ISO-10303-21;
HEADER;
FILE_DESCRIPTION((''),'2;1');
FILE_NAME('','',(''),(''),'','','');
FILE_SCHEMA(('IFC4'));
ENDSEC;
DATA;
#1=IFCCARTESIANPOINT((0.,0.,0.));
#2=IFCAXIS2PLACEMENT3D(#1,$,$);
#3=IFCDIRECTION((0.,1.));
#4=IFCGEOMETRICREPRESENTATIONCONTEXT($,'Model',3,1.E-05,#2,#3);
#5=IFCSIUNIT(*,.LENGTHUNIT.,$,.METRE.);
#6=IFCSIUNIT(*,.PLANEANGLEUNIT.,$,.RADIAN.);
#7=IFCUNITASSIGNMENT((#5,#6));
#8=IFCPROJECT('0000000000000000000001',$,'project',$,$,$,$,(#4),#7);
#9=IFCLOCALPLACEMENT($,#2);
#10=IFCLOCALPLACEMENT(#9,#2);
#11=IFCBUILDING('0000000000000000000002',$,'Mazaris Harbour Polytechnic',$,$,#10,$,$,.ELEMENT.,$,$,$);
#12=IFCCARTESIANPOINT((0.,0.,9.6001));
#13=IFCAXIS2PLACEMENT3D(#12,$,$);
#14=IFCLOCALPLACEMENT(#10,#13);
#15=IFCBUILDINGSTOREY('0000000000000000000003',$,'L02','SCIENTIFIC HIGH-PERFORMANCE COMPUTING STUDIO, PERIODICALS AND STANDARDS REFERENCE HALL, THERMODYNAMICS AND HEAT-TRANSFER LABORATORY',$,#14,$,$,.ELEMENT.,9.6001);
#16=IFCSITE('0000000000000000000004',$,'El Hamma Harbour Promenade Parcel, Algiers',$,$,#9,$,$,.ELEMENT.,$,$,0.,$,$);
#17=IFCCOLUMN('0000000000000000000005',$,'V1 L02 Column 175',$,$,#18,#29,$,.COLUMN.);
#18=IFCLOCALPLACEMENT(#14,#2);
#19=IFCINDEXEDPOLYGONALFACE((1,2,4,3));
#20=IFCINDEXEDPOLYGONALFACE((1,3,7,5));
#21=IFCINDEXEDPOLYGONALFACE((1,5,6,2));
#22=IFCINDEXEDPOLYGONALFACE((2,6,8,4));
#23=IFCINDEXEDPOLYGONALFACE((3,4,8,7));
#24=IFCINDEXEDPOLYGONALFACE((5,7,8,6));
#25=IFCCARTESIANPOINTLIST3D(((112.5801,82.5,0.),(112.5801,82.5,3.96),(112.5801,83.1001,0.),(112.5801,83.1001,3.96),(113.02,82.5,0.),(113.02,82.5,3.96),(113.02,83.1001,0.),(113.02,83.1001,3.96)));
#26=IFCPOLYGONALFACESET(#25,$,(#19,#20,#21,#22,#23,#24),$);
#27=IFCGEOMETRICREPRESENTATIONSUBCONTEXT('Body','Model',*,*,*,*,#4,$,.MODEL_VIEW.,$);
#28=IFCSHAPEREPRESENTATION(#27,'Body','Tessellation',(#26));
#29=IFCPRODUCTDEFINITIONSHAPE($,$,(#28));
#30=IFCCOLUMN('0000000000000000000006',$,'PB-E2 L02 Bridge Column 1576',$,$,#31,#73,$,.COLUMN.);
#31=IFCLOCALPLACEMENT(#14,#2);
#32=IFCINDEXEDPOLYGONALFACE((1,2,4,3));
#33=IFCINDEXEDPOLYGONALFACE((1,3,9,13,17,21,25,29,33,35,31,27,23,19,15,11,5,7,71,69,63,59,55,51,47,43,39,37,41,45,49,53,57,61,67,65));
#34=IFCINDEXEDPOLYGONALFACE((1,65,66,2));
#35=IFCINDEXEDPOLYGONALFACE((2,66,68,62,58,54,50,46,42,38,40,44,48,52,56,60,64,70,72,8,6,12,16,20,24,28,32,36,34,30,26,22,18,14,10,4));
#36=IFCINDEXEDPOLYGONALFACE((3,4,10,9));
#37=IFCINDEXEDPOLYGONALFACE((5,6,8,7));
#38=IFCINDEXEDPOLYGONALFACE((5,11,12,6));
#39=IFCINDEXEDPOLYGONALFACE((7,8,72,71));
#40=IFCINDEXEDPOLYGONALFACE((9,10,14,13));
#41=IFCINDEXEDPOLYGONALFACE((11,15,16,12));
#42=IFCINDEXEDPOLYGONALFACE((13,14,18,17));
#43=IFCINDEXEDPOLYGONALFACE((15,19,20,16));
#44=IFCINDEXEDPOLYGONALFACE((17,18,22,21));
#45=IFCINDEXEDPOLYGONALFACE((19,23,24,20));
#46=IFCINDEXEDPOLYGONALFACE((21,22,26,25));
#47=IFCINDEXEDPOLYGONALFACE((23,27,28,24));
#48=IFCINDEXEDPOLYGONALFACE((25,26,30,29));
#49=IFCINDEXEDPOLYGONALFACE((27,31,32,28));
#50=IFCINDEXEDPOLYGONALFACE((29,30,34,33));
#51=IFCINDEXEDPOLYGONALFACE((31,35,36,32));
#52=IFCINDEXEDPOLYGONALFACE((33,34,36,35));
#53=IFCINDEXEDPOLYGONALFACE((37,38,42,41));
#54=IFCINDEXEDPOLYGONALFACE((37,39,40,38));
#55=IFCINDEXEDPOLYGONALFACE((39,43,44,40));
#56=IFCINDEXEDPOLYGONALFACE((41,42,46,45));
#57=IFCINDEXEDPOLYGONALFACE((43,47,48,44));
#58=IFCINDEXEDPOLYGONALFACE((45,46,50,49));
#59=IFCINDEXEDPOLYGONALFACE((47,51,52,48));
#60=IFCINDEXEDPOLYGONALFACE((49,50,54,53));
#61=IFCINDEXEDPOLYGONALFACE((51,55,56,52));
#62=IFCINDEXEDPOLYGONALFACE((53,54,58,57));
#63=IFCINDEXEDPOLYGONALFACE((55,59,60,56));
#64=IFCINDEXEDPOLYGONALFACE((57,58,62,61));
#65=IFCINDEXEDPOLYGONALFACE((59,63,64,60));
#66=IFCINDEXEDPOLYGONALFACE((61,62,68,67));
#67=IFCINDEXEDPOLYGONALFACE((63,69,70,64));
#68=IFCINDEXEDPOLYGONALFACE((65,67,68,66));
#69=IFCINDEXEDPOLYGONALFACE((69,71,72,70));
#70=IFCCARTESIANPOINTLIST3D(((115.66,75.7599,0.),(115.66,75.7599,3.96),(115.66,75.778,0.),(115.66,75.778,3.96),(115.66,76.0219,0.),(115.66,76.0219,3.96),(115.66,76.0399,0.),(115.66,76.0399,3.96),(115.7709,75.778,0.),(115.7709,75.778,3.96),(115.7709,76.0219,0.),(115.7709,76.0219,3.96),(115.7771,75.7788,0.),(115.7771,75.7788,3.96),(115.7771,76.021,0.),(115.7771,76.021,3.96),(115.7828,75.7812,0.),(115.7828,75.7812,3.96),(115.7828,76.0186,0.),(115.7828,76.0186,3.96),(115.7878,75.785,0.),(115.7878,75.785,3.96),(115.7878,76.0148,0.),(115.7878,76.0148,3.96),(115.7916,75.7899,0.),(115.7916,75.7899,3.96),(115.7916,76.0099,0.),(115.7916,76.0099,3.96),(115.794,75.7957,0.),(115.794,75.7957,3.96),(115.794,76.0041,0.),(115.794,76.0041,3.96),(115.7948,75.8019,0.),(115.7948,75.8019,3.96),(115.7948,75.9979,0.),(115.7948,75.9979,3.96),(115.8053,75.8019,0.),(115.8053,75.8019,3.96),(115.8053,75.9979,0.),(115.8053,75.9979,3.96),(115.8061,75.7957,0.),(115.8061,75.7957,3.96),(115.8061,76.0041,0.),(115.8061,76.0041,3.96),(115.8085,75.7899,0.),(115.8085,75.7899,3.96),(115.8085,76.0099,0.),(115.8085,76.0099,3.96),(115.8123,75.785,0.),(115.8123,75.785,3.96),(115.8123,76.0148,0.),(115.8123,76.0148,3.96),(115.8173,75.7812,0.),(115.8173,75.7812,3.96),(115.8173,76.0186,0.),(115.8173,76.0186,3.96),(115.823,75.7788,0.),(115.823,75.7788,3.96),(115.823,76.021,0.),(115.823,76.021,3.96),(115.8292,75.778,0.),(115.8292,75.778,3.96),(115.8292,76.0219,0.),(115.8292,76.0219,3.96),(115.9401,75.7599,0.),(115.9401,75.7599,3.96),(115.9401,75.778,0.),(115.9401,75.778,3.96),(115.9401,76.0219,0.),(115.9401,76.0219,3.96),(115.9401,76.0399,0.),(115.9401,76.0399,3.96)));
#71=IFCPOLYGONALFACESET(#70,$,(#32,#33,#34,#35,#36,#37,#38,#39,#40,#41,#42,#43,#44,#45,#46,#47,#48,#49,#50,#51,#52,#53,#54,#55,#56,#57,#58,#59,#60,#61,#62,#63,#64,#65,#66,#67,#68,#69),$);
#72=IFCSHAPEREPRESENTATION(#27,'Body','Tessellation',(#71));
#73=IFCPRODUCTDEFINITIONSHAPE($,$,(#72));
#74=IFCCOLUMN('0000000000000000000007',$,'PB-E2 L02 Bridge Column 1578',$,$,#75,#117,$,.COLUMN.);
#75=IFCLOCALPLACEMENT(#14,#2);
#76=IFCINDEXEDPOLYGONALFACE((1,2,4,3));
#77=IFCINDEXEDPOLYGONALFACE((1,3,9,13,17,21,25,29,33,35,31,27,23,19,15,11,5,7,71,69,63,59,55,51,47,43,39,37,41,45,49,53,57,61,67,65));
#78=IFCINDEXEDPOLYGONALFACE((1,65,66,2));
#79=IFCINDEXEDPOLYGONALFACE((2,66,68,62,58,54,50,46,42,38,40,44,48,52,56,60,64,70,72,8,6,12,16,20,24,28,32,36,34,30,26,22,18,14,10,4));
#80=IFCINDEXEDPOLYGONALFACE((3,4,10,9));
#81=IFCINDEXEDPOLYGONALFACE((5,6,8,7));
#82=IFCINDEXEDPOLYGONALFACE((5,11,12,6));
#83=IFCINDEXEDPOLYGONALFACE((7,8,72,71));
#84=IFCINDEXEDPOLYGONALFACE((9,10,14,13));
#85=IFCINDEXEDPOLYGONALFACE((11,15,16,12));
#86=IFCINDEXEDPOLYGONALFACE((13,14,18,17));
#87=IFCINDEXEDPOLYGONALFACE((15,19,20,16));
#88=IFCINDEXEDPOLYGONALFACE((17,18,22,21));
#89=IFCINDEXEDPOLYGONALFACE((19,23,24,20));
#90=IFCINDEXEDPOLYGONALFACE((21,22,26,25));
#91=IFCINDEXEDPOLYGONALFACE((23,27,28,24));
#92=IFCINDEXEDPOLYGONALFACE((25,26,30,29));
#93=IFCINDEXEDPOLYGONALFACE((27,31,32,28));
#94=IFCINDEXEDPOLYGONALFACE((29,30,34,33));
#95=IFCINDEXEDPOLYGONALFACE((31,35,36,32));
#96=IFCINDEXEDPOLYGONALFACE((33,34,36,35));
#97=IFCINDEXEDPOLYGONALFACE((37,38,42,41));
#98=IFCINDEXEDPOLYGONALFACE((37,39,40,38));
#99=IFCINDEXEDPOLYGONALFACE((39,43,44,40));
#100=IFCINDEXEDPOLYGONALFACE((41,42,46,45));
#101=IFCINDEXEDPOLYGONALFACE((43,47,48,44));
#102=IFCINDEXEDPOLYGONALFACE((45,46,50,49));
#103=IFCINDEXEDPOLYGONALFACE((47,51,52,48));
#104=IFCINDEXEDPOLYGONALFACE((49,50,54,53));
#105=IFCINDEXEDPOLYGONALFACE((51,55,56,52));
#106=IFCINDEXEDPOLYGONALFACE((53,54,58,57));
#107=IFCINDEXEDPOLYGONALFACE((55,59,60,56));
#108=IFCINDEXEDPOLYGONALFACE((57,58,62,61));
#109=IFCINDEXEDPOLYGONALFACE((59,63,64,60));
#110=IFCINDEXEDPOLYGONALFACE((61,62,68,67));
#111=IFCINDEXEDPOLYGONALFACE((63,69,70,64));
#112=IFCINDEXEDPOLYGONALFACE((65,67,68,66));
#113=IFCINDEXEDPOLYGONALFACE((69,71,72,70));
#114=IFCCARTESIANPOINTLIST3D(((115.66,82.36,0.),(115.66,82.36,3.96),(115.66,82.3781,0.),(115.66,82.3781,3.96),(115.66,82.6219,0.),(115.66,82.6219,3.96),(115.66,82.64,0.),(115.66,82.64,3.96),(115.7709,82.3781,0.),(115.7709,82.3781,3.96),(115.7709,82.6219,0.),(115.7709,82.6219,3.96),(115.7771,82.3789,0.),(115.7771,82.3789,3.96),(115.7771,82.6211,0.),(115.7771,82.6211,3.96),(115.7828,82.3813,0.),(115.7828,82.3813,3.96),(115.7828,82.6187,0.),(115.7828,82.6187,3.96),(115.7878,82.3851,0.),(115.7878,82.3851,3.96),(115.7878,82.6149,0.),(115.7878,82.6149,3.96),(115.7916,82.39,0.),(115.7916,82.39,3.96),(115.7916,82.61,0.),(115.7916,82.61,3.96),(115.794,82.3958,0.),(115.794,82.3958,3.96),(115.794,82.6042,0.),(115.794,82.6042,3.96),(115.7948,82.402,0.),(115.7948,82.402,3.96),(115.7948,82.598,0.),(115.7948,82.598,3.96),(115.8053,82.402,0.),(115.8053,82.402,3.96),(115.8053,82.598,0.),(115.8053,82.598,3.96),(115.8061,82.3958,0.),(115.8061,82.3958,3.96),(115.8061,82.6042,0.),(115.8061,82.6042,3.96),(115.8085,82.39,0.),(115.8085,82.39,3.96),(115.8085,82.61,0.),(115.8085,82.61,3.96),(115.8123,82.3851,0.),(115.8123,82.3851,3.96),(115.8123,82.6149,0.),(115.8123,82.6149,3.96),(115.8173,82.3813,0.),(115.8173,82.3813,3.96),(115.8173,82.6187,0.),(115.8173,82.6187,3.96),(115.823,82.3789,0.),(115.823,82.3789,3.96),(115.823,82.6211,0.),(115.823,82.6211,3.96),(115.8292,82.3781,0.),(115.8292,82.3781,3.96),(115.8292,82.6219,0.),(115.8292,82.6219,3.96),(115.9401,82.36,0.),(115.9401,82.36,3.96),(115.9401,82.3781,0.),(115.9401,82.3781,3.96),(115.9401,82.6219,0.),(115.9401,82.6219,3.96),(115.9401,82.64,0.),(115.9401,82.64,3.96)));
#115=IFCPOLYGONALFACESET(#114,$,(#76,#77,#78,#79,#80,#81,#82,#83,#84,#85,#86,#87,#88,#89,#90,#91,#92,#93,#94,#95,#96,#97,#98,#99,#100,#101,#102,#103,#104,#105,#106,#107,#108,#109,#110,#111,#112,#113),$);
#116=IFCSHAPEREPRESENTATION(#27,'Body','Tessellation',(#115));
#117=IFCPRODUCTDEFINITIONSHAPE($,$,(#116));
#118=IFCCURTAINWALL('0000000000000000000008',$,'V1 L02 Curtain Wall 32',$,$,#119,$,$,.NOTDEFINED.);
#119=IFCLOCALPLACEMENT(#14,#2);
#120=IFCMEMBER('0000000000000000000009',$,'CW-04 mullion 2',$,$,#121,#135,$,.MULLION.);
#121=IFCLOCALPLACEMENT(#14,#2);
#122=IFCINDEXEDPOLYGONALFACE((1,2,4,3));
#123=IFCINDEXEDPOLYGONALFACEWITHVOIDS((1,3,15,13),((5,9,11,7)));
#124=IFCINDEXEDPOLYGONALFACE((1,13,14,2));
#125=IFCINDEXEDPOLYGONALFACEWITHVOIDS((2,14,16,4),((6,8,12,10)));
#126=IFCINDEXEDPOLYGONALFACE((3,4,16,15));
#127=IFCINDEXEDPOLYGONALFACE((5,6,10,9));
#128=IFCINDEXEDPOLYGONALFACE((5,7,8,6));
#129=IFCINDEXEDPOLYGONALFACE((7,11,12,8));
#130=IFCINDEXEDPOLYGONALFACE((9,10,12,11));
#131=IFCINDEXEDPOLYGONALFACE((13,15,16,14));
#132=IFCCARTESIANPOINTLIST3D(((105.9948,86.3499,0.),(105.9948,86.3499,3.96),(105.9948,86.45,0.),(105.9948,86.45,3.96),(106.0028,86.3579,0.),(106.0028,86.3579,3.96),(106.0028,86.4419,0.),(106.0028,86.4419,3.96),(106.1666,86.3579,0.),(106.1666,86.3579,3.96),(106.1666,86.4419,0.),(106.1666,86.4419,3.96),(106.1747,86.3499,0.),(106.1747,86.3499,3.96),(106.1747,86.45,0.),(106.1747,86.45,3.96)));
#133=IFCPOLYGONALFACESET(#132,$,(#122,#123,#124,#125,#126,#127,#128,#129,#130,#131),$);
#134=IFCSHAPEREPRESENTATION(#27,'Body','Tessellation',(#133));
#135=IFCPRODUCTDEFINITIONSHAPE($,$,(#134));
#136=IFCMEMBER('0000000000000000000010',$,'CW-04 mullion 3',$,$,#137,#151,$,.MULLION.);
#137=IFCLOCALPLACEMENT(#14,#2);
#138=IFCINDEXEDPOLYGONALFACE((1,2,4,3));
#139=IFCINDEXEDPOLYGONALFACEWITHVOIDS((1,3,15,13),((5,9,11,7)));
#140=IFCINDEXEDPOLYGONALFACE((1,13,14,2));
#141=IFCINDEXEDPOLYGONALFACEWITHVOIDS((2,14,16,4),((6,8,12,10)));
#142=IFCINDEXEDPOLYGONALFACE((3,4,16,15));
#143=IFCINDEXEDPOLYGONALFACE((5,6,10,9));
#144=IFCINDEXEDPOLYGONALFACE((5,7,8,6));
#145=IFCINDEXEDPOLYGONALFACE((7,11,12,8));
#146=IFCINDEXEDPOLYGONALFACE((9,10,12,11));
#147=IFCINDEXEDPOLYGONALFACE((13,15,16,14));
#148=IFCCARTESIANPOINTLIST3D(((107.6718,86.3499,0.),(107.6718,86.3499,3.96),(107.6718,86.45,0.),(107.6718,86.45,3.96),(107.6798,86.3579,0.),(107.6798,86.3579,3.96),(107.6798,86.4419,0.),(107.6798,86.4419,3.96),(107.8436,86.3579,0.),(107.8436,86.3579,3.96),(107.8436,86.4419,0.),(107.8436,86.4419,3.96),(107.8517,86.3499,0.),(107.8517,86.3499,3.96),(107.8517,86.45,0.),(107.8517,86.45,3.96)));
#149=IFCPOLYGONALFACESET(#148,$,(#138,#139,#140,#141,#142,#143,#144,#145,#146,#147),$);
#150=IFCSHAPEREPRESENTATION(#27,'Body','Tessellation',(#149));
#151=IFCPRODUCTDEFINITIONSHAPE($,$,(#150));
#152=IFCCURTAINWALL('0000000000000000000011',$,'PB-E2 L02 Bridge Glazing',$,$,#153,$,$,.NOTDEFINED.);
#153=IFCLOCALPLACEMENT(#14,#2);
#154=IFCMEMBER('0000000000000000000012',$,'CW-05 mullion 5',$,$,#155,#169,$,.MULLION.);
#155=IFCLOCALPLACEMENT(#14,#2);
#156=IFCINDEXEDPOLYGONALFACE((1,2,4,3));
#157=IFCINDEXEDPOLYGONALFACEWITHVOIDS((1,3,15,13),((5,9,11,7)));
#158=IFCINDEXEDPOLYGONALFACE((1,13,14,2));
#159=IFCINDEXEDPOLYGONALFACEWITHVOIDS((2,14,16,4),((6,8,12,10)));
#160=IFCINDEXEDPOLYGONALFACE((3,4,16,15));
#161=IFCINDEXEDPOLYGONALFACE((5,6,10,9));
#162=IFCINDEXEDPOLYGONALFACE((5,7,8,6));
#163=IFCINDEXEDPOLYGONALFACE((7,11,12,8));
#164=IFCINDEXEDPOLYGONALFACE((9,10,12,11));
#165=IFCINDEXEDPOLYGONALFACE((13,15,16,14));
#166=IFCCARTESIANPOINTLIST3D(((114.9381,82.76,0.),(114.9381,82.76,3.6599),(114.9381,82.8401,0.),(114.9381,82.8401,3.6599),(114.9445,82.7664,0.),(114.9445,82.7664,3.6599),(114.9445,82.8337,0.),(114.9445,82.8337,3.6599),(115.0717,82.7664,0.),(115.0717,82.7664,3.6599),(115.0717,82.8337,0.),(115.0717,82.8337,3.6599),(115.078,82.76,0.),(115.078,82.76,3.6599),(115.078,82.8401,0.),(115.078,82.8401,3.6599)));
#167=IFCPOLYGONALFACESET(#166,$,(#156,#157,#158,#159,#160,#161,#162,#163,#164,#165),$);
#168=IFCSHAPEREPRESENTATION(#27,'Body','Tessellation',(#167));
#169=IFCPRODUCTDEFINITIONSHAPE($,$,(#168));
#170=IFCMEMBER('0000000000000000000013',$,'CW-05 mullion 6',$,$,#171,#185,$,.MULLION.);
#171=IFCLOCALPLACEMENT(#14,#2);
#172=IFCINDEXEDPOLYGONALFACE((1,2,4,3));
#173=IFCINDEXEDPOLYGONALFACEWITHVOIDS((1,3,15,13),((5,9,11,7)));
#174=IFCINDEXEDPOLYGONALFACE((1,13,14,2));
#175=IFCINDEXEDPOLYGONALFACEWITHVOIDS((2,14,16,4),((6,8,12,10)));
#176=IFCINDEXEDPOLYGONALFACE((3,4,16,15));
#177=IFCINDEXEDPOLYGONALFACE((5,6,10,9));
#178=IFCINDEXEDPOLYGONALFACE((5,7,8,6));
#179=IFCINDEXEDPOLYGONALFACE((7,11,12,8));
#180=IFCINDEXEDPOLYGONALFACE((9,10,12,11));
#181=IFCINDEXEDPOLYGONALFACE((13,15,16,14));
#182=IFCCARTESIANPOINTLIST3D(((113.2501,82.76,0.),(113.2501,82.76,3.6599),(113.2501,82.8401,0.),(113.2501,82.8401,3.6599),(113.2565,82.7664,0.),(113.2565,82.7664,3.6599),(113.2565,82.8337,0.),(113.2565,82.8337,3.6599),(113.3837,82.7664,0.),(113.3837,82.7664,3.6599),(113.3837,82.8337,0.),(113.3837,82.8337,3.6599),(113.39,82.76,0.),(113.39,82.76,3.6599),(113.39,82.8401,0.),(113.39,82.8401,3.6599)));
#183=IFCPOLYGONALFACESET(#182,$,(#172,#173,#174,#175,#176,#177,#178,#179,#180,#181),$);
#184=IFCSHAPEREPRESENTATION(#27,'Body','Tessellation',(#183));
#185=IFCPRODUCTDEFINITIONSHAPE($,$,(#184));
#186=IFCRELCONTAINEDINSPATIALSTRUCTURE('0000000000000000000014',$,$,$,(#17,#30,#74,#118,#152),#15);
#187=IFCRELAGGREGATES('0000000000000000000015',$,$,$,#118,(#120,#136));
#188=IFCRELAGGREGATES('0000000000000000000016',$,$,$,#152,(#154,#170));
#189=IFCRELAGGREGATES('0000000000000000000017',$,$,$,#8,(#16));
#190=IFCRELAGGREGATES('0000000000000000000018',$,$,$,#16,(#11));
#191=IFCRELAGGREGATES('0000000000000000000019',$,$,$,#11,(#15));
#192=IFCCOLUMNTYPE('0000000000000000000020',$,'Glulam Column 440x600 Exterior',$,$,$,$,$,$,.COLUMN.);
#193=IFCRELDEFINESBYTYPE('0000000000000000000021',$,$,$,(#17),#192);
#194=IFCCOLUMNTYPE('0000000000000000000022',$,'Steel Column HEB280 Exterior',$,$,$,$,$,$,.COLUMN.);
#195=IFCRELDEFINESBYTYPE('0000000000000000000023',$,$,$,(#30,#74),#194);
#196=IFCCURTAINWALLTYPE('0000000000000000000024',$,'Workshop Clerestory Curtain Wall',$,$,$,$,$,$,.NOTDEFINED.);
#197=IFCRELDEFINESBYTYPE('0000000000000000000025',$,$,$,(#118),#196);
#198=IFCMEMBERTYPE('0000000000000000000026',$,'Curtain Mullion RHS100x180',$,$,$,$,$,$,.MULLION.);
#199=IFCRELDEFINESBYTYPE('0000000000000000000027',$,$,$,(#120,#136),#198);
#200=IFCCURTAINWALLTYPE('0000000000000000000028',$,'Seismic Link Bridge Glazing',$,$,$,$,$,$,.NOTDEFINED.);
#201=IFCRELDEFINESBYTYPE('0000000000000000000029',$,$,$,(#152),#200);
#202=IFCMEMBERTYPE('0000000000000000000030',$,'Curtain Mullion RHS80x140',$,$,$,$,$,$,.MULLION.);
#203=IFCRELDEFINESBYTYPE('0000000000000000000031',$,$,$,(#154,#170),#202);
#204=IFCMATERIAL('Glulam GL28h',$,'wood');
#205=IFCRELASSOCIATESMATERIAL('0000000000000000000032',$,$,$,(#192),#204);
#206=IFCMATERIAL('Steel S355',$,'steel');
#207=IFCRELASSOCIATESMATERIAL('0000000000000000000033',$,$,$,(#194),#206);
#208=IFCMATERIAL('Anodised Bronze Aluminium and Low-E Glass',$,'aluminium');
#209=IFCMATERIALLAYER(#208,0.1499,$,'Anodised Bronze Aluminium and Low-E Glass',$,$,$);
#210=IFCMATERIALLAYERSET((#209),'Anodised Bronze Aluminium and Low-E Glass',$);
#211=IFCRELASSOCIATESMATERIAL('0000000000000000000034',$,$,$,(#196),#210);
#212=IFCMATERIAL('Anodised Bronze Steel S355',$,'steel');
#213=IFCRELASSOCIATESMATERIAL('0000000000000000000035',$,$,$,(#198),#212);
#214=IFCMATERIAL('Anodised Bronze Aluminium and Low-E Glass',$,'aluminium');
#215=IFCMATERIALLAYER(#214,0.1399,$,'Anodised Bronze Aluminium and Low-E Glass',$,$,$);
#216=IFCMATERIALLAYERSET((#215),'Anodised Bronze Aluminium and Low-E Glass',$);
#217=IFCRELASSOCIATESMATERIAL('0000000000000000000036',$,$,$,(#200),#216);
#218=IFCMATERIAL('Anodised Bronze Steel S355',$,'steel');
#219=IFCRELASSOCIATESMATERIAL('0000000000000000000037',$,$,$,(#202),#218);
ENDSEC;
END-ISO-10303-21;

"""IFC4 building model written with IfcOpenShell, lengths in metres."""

from ifc_helpers import new_model, si_unit, direction, frame, origin, origin_2d, place, context, subcontext, project, spatial, rectangle, hollow_rectangle, i_section, extrude, material, layer, layer_set, material_profile, profile_set, type_object, element, aggregate, save


model = new_model("IFC4")

# Units and contexts
model_context = context("Model", 3, precision=1e-05, world=origin(), true_north=direction((0.0, 1.0)))
body_context = subcontext(model_context, "Body", "Model", "MODEL_VIEW")
ifc_project = project(units=[si_unit("LENGTHUNIT", "METRE"), si_unit("PLANEANGLEUNIT", "RADIAN")], contexts=[model_context])

# Site, building, storey
site_placement = place(None, origin())
site = spatial("IfcSite", under=ifc_project, at=site_placement, Name="El Hamma Harbour Promenade Parcel, Algiers", CompositionType="ELEMENT", RefElevation=0.0)
building_placement = place(site_placement, origin())
building = spatial("IfcBuilding", under=site, at=building_placement, Name="Mazaris Harbour Polytechnic", CompositionType="ELEMENT")
storey_placement = place(building_placement, frame((0.0, 0.0, 9.6001)))
storey = spatial("IfcBuildingStorey", under=building, at=storey_placement, Name="L02", Description="SCIENTIFIC HIGH-PERFORMANCE COMPUTING STUDIO, PERIODICALS AND STANDARDS REFERENCE HALL, THERMODYNAMICS AND HEAT-TRANSFER LABORATORY", CompositionType="ELEMENT", Elevation=9.6001)

# Columns
ifc_material_1 = material(Name="Glulam GL28h", Category="wood")
ifc_material_profile_1 = material_profile(ifc_material_1, rectangle(XDim=0.4399, YDim=0.6001, at=origin_2d()), Name="RECT440x600")
ifc_profile_set_1 = profile_set([ifc_material_profile_1], Name="Glulam GL28h")
column_type_1 = type_object("IfcColumnType", Name="Glulam Column 440x600 Exterior", PredefinedType="COLUMN", material=ifc_profile_set_1)
column_placement = place(storey_placement, frame((112.8, 82.8, 0.0), z_axis=(0.0, 0.0, 1.0), x_axis=(1.0, 0.0, 0.0)))
element("IfcColumn", 1, at=column_placement, inside=storey, type_object=column_type_1, Name="V1 L02 Column 175", PredefinedType="COLUMN", context=body_context, shape_type="SweptSolid", body=[
    extrude(rectangle(XDim=0.4399, YDim=0.6001, at=origin_2d()), origin(), (0.0, 0.0, 1.0), 3.96),
])
ifc_material_2 = material(Name="Steel S355", Category="steel")
ifc_material_profile_2 = material_profile(ifc_material_2, i_section(OverallWidth=0.28, OverallDepth=0.28, WebThickness=0.0105, FlangeThickness=0.0181, FilletRadius=0.0239, at=origin_2d()), Name="HEB 280")
ifc_profile_set_2 = profile_set([ifc_material_profile_2], Name="Steel S355")
column_type_2 = type_object("IfcColumnType", Name="Steel Column HEB280 Exterior", PredefinedType="COLUMN", material=ifc_profile_set_2)
for number, where, z_axis, x_axis, name in (
    (2, (115.8, 75.8999, 0.0), (0.0, 0.0, 1.0), (1.0, 0.0, 0.0), "PB-E2 L02 Bridge Column 1576"),
    (3, (115.8, 82.5, 0.0), (0.0, 0.0, 1.0), (1.0, 0.0, 0.0), "PB-E2 L02 Bridge Column 1578"),
):
    element("IfcColumn", number, at=place(storey_placement, frame(where, z_axis=z_axis, x_axis=x_axis)), inside=storey, type_object=column_type_2, Name=name, PredefinedType="COLUMN", context=body_context, shape_type="SweptSolid", body=[
        extrude(i_section(OverallWidth=0.28, OverallDepth=0.28, WebThickness=0.0105, FlangeThickness=0.0181, FilletRadius=0.0239, at=origin_2d()), origin(), (0.0, 0.0, 1.0), 3.96),
    ])

# Curtain walls, members
ifc_material_3 = material(Name="Anodised Bronze Aluminium and Low-E Glass", Category="aluminium")
ifc_layer_1 = layer(ifc_material_3, 0.1499, Name="Anodised Bronze Aluminium and Low-E Glass")
ifc_layer_set_1 = layer_set([ifc_layer_1], Name="Anodised Bronze Aluminium and Low-E Glass")
curtain_wall_type_1 = type_object("IfcCurtainWallType", Name="Workshop Clerestory Curtain Wall", PredefinedType="NOTDEFINED", material=ifc_layer_set_1)
curtain_wall_1_placement = place(storey_placement, origin())
curtain_wall_1 = element("IfcCurtainWall", 4, at=curtain_wall_1_placement, inside=storey, type_object=curtain_wall_type_1, Name="V1 L02 Curtain Wall 32", PredefinedType="NOTDEFINED")
ifc_material_4 = material(Name="Anodised Bronze Steel S355", Category="steel")
ifc_material_profile_3 = material_profile(ifc_material_4, hollow_rectangle(XDim=0.1001, YDim=0.1799, WallThickness=0.0081, at=origin_2d()), Name="RHS 100x180x8.0")
ifc_profile_set_3 = profile_set([ifc_material_profile_3], Name="Anodised Bronze Steel S355")
member_type_1 = type_object("IfcMemberType", Name="Curtain Mullion RHS100x180", PredefinedType="MULLION", material=ifc_profile_set_3)
member_1_placement = place(storey_placement, frame((106.0847, 86.3999, 0.0), z_axis=(0.0, 0.0, 1.0), x_axis=(0.0, 1.0, 0.0)))
member_1 = element("IfcMember", 5, at=member_1_placement, type_object=member_type_1, Name="CW-04 mullion 2", PredefinedType="MULLION", context=body_context, shape_type="SweptSolid", body=[
    extrude(hollow_rectangle(XDim=0.1001, YDim=0.1799, WallThickness=0.0081, at=origin_2d()), origin(), (0.0, 0.0, 1.0), 3.96),
])
member_2_placement = place(storey_placement, frame((107.7617, 86.3999, 0.0), z_axis=(0.0, 0.0, 1.0), x_axis=(0.0, 1.0, 0.0)))
member_2 = element("IfcMember", 6, at=member_2_placement, type_object=member_type_1, Name="CW-04 mullion 3", PredefinedType="MULLION", context=body_context, shape_type="SweptSolid", body=[
    extrude(hollow_rectangle(XDim=0.1001, YDim=0.1799, WallThickness=0.0081, at=origin_2d()), origin(), (0.0, 0.0, 1.0), 3.96),
])
ifc_material_5 = material(Name="Anodised Bronze Aluminium and Low-E Glass", Category="aluminium")
ifc_layer_2 = layer(ifc_material_5, 0.1399, Name="Anodised Bronze Aluminium and Low-E Glass")
ifc_layer_set_2 = layer_set([ifc_layer_2], Name="Anodised Bronze Aluminium and Low-E Glass")
curtain_wall_type_2 = type_object("IfcCurtainWallType", Name="Seismic Link Bridge Glazing", PredefinedType="NOTDEFINED", material=ifc_layer_set_2)
curtain_wall_2_placement = place(storey_placement, origin())
curtain_wall_2 = element("IfcCurtainWall", 7, at=curtain_wall_2_placement, inside=storey, type_object=curtain_wall_type_2, Name="PB-E2 L02 Bridge Glazing", PredefinedType="NOTDEFINED")
ifc_material_6 = material(Name="Anodised Bronze Steel S355", Category="steel")
ifc_material_profile_4 = material_profile(ifc_material_6, hollow_rectangle(XDim=0.0801, YDim=0.1399, WallThickness=0.0063, at=origin_2d()), Name="RHS 80x140x6.3")
ifc_profile_set_4 = profile_set([ifc_material_profile_4], Name="Anodised Bronze Steel S355")
member_type_2 = type_object("IfcMemberType", Name="Curtain Mullion RHS80x140", PredefinedType="MULLION", material=ifc_profile_set_4)
member_3_placement = place(storey_placement, frame((115.0081, 82.8, 0.0), z_axis=(0.0, 0.0, 1.0), x_axis=(0.0, -1.0, 0.0)))
member_3 = element("IfcMember", 8, at=member_3_placement, type_object=member_type_2, Name="CW-05 mullion 5", PredefinedType="MULLION", context=body_context, shape_type="SweptSolid", body=[
    extrude(hollow_rectangle(XDim=0.0801, YDim=0.1399, WallThickness=0.0063, at=origin_2d()), origin(), (0.0, 0.0, 1.0), 3.6599),
])
member_4_placement = place(storey_placement, frame((113.3201, 82.8, 0.0), z_axis=(0.0, 0.0, 1.0), x_axis=(0.0, -1.0, 0.0)))
member_4 = element("IfcMember", 9, at=member_4_placement, type_object=member_type_2, Name="CW-05 mullion 6", PredefinedType="MULLION", context=body_context, shape_type="SweptSolid", body=[
    extrude(hollow_rectangle(XDim=0.0801, YDim=0.1399, WallThickness=0.0063, at=origin_2d()), origin(), (0.0, 0.0, 1.0), 3.6599),
])

aggregate(curtain_wall_1, [member_1, member_2])
aggregate(curtain_wall_2, [member_3, member_4])

save(model, "model.ifc")
